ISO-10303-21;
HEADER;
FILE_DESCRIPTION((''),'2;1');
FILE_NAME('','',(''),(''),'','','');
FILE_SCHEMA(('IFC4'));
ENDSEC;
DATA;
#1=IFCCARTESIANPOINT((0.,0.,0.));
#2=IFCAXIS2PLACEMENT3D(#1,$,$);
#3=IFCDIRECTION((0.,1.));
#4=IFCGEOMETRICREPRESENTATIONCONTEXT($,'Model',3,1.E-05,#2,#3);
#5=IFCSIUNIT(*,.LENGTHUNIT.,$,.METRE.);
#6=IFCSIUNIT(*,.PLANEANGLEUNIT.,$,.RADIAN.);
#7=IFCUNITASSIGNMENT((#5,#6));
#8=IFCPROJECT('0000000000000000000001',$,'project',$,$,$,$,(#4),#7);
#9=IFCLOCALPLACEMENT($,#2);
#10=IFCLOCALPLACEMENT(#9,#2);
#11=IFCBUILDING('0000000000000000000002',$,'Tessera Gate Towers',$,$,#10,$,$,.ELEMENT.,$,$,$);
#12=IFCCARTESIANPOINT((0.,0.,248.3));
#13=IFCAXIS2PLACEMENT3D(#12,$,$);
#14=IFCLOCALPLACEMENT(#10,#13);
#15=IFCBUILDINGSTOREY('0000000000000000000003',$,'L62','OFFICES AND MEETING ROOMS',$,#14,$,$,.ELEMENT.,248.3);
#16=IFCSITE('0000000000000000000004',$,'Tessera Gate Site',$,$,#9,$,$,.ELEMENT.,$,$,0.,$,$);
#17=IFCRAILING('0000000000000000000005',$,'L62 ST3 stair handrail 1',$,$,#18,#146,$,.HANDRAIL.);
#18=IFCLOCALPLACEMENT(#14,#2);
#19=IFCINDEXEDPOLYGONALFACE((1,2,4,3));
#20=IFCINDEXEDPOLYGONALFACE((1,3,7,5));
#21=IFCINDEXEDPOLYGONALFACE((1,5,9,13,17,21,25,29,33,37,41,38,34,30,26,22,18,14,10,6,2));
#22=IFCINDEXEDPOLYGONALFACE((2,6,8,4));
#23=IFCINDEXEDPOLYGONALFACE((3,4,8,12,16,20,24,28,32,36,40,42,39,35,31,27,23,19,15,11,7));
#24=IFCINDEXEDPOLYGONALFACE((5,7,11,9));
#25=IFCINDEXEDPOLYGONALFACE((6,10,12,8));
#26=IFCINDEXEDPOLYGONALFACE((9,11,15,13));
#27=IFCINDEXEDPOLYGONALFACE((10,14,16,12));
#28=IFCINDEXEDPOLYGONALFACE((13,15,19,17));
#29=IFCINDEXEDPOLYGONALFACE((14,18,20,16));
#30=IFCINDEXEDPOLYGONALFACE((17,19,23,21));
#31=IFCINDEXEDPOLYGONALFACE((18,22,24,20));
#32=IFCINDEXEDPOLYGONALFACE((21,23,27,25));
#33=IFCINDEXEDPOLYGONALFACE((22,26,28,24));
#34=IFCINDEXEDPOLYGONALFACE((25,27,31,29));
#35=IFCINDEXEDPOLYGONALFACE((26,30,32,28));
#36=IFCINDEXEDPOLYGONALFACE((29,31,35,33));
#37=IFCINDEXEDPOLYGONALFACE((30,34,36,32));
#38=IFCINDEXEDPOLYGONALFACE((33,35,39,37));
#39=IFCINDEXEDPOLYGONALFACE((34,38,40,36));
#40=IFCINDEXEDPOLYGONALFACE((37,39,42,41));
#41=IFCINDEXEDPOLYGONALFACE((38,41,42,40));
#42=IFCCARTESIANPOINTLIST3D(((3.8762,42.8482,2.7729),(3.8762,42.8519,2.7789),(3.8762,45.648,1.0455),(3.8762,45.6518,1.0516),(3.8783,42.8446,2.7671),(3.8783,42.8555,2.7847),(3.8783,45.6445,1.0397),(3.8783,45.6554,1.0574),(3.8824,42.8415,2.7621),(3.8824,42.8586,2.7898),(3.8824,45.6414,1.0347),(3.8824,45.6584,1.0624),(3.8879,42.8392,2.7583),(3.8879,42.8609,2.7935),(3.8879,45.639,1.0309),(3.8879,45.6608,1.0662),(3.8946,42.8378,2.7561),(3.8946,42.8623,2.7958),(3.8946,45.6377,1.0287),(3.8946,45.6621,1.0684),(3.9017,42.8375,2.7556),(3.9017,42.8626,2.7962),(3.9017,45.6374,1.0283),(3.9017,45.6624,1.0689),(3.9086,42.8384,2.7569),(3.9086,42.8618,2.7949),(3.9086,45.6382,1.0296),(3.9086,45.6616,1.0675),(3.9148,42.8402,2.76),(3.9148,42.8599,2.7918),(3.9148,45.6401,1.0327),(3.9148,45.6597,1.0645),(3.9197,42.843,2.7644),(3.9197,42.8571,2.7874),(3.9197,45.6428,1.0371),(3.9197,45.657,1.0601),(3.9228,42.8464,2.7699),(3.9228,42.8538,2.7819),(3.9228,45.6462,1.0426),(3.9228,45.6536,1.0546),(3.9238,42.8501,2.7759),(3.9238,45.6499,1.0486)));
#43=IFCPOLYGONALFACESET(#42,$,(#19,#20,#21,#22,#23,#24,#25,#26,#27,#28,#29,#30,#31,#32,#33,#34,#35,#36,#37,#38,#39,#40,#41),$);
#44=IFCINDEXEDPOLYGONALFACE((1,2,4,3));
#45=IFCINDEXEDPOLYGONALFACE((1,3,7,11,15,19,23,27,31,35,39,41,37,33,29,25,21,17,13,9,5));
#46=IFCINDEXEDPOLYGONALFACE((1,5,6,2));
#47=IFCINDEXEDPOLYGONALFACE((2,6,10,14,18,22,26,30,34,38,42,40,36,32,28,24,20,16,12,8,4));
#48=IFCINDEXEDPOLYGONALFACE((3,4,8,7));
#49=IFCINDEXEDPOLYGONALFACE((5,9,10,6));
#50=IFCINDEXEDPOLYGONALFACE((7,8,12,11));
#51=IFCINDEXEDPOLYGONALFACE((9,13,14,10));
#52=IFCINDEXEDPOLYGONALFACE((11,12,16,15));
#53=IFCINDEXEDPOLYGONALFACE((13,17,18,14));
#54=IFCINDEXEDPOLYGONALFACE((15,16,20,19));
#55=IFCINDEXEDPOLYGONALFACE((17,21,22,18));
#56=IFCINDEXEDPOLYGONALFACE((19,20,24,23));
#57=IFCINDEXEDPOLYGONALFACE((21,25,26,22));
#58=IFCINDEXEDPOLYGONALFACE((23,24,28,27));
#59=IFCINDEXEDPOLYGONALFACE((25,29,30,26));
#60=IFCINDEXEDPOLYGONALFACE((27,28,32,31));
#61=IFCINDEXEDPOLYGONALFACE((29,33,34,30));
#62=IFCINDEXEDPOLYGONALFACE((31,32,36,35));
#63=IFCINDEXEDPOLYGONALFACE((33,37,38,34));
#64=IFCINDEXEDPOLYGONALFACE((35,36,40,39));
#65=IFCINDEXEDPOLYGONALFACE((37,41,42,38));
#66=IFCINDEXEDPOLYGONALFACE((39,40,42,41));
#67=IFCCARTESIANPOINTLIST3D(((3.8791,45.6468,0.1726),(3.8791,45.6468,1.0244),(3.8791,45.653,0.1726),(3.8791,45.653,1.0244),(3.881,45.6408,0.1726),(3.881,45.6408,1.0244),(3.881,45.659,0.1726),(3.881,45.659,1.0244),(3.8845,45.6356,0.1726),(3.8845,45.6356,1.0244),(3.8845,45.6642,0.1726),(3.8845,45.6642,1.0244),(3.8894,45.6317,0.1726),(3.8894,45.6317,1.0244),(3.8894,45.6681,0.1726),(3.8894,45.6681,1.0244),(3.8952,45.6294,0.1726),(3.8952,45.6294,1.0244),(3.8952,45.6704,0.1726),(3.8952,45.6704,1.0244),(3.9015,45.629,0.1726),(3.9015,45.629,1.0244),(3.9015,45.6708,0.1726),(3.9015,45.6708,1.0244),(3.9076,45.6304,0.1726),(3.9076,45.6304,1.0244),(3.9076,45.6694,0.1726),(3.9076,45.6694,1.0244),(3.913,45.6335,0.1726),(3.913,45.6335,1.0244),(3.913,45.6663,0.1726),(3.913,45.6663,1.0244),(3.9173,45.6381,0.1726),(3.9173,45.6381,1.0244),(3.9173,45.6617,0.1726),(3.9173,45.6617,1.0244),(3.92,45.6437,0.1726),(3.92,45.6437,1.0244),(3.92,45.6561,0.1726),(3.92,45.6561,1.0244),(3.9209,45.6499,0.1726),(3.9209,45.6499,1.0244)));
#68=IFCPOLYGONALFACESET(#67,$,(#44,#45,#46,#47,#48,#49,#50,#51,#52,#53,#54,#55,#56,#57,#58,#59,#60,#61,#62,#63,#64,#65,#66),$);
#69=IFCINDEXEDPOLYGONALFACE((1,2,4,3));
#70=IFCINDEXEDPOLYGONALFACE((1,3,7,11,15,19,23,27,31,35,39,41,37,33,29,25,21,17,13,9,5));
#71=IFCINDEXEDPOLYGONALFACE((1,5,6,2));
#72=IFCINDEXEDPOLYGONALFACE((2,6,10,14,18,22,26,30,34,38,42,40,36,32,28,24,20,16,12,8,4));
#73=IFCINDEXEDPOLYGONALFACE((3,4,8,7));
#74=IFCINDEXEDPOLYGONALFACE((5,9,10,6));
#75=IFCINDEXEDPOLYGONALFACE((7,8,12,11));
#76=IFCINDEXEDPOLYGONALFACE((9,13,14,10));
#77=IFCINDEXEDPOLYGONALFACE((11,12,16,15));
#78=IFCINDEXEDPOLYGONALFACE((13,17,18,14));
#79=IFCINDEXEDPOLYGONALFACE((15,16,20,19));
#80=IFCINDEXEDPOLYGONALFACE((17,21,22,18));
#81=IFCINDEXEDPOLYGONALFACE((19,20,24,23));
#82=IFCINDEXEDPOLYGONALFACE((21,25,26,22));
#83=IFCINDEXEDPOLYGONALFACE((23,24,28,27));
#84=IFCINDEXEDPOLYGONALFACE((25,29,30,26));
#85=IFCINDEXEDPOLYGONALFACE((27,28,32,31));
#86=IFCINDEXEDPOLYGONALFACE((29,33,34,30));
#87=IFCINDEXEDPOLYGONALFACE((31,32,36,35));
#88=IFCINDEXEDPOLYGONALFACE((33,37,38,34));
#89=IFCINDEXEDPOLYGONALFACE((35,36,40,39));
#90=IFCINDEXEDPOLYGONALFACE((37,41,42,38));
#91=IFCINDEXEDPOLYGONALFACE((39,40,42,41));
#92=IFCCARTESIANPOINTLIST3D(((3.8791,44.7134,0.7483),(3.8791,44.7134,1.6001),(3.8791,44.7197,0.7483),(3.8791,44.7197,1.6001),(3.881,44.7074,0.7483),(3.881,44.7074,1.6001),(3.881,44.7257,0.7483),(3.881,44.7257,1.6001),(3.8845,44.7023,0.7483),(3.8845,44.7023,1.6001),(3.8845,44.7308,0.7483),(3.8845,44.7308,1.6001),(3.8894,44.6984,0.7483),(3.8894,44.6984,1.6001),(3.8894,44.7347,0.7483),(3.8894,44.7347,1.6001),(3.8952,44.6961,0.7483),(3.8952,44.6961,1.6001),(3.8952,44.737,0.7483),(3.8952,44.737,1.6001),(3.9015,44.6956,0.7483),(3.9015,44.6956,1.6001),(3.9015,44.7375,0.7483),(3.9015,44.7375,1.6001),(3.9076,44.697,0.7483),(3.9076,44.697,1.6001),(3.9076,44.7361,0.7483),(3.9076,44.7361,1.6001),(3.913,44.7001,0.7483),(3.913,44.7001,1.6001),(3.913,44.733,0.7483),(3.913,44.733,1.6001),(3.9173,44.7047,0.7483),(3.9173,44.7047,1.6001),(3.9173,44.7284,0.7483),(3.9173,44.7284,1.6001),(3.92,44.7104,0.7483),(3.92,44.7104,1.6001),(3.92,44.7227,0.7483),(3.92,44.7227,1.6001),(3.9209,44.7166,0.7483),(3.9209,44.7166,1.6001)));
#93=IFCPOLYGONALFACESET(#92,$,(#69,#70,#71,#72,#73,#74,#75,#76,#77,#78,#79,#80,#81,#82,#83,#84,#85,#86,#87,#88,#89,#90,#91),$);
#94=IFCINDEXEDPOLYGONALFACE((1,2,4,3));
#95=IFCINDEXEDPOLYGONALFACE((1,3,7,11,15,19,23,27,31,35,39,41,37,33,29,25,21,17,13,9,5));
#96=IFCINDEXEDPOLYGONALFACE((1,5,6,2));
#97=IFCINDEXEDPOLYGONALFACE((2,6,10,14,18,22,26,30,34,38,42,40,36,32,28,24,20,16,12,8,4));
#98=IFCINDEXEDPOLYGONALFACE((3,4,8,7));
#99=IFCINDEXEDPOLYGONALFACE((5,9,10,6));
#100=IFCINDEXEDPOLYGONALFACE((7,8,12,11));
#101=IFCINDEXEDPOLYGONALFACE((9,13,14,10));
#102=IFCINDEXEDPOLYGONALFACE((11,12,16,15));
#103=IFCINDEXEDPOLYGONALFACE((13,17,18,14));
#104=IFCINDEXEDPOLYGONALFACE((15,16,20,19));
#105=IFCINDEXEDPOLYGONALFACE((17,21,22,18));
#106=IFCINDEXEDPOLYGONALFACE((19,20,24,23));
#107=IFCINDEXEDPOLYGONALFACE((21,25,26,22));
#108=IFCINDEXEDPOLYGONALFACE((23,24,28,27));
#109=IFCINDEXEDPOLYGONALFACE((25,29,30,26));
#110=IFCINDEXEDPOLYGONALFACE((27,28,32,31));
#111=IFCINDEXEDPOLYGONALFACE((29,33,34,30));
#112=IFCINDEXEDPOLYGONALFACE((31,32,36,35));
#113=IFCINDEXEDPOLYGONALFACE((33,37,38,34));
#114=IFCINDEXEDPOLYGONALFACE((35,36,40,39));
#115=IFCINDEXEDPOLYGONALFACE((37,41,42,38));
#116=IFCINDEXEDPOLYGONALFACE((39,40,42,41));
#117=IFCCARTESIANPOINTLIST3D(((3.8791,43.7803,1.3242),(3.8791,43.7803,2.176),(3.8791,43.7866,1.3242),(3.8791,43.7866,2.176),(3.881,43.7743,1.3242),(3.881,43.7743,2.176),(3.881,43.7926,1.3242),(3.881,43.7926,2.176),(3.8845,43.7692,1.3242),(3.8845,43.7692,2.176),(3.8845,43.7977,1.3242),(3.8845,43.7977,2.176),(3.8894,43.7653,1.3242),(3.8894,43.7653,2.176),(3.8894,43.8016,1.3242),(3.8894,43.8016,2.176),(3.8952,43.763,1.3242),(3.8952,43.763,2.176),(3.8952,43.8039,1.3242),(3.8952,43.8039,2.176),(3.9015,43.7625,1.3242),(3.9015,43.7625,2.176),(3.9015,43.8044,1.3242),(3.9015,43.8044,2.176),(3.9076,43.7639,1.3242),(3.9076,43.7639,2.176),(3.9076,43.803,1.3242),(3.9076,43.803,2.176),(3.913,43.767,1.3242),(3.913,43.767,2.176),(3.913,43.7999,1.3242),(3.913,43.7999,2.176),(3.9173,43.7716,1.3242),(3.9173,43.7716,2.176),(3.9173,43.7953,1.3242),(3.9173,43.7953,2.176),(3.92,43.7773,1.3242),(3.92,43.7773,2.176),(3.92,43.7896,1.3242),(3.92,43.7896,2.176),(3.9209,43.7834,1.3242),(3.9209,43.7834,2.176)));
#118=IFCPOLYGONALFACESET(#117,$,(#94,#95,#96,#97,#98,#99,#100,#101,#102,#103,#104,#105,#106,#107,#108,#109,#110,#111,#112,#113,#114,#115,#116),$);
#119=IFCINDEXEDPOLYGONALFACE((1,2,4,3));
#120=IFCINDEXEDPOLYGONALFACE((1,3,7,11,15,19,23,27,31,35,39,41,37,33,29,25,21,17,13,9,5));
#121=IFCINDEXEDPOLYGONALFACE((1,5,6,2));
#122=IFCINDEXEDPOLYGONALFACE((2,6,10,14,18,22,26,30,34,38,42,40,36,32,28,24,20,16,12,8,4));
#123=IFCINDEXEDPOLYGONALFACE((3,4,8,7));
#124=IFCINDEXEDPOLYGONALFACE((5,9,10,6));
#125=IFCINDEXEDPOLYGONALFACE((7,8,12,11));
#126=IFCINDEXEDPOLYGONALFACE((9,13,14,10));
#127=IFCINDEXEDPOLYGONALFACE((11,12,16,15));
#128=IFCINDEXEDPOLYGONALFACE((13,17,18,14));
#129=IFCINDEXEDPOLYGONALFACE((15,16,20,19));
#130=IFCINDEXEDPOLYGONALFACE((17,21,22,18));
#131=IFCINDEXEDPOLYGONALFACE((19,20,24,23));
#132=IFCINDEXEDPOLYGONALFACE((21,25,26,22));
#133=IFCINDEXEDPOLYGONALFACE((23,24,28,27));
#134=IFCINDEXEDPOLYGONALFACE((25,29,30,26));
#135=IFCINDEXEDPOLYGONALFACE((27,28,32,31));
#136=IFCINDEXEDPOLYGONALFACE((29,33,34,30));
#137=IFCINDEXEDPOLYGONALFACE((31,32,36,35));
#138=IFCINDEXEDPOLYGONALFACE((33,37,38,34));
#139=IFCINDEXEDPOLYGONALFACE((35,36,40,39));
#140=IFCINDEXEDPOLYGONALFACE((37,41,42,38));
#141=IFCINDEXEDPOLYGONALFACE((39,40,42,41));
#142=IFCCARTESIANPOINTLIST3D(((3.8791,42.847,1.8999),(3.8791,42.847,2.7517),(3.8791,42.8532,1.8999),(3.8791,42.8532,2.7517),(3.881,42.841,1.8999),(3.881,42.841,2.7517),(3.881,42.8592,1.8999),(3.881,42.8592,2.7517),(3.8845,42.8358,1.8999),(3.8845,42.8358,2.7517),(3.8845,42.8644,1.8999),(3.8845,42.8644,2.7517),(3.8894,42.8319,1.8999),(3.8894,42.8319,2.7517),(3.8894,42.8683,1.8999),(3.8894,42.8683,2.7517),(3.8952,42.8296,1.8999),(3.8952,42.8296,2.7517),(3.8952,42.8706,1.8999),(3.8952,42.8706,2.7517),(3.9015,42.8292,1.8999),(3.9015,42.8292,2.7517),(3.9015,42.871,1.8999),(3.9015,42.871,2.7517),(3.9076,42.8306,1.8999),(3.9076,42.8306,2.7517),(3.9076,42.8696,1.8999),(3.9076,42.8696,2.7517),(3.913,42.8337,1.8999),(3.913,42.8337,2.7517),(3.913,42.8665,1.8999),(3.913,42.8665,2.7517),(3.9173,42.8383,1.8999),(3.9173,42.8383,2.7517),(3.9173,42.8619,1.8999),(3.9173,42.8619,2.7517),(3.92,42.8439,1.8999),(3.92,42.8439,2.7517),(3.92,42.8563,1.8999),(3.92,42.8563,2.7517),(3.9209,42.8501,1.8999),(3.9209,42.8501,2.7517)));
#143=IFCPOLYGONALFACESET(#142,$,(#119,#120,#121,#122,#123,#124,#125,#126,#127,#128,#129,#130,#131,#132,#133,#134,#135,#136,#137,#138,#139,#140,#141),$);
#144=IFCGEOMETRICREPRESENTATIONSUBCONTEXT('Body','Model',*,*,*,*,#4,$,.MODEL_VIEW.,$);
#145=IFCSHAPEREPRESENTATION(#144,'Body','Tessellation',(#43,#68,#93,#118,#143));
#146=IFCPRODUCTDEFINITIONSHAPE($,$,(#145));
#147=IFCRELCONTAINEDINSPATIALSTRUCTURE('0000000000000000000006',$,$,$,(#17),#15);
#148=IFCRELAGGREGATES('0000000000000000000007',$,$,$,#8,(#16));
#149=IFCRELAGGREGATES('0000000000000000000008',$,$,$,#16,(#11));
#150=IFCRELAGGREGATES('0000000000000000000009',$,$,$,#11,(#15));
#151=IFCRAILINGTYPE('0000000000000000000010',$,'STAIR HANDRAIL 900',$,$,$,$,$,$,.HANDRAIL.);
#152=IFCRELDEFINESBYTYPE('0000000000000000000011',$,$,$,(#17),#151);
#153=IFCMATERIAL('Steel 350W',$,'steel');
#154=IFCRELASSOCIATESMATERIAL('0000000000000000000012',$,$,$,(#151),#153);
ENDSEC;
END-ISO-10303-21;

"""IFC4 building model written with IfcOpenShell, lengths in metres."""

from ifc_helpers import new_model, si_unit, direction, frame, origin, origin_2d, place, context, subcontext, project, spatial, circle, extrude, material, type_object, element, save


model = new_model("IFC4")

# Units and contexts
model_context = context("Model", 3, precision=1e-05, world=origin(), true_north=direction((0.0, 1.0)))
body_context = subcontext(model_context, "Body", "Model", "MODEL_VIEW")
ifc_project = project(units=[si_unit("LENGTHUNIT", "METRE"), si_unit("PLANEANGLEUNIT", "RADIAN")], contexts=[model_context])

# Site, building, storey
site_placement = place(None, origin())
site = spatial("IfcSite", under=ifc_project, at=site_placement, Name="Tessera Gate Site", CompositionType="ELEMENT", RefElevation=0.0)
building_placement = place(site_placement, origin())
building = spatial("IfcBuilding", under=site, at=building_placement, Name="Tessera Gate Towers", CompositionType="ELEMENT")
storey_placement = place(building_placement, frame((0.0, 0.0, 248.3)))
storey = spatial("IfcBuildingStorey", under=building, at=storey_placement, Name="L62", Description="OFFICES AND MEETING ROOMS", CompositionType="ELEMENT", Elevation=248.3)

# Railing
ifc_material_1 = material(Name="Steel 350W", Category="steel")
railing_type_1 = type_object("IfcRailingType", Name="STAIR HANDRAIL 900", PredefinedType="HANDRAIL", material=ifc_material_1)
railing_1_placement = place(storey_placement, frame((3.8999, 45.6499, 0.1726)))
element("IfcRailing", 1, at=railing_1_placement, inside=storey, type_object=railing_type_1, Name="L62 ST3 stair handrail 1", PredefinedType="HANDRAIL", context=body_context, shape_type="SweptSolid", body=[
    extrude(circle(Radius=0.0239, at=origin_2d()), frame((0.0, 0.0, 0.876), z_axis=(0.0, -0.851069, 0.525054), x_axis=(1.0, 0.0, 0.0)), (0.0, 0.0, 1.0), 3.2898),
    extrude(circle(Radius=0.021, at=origin_2d()), origin(), (0.0, 0.0, 1.0), 0.8518),
    extrude(circle(Radius=0.021, at=origin_2d()), frame((0.0, -0.9333, 0.5757)), (0.0, 0.0, 1.0), 0.8518),
    extrude(circle(Radius=0.021, at=origin_2d()), frame((0.0, -1.8665, 1.1516)), (0.0, 0.0, 1.0), 0.8518),
    extrude(circle(Radius=0.021, at=origin_2d()), frame((0.0, -2.7998, 1.7273)), (0.0, 0.0, 1.0), 0.8518),
])

save(model, "model.ifc")
